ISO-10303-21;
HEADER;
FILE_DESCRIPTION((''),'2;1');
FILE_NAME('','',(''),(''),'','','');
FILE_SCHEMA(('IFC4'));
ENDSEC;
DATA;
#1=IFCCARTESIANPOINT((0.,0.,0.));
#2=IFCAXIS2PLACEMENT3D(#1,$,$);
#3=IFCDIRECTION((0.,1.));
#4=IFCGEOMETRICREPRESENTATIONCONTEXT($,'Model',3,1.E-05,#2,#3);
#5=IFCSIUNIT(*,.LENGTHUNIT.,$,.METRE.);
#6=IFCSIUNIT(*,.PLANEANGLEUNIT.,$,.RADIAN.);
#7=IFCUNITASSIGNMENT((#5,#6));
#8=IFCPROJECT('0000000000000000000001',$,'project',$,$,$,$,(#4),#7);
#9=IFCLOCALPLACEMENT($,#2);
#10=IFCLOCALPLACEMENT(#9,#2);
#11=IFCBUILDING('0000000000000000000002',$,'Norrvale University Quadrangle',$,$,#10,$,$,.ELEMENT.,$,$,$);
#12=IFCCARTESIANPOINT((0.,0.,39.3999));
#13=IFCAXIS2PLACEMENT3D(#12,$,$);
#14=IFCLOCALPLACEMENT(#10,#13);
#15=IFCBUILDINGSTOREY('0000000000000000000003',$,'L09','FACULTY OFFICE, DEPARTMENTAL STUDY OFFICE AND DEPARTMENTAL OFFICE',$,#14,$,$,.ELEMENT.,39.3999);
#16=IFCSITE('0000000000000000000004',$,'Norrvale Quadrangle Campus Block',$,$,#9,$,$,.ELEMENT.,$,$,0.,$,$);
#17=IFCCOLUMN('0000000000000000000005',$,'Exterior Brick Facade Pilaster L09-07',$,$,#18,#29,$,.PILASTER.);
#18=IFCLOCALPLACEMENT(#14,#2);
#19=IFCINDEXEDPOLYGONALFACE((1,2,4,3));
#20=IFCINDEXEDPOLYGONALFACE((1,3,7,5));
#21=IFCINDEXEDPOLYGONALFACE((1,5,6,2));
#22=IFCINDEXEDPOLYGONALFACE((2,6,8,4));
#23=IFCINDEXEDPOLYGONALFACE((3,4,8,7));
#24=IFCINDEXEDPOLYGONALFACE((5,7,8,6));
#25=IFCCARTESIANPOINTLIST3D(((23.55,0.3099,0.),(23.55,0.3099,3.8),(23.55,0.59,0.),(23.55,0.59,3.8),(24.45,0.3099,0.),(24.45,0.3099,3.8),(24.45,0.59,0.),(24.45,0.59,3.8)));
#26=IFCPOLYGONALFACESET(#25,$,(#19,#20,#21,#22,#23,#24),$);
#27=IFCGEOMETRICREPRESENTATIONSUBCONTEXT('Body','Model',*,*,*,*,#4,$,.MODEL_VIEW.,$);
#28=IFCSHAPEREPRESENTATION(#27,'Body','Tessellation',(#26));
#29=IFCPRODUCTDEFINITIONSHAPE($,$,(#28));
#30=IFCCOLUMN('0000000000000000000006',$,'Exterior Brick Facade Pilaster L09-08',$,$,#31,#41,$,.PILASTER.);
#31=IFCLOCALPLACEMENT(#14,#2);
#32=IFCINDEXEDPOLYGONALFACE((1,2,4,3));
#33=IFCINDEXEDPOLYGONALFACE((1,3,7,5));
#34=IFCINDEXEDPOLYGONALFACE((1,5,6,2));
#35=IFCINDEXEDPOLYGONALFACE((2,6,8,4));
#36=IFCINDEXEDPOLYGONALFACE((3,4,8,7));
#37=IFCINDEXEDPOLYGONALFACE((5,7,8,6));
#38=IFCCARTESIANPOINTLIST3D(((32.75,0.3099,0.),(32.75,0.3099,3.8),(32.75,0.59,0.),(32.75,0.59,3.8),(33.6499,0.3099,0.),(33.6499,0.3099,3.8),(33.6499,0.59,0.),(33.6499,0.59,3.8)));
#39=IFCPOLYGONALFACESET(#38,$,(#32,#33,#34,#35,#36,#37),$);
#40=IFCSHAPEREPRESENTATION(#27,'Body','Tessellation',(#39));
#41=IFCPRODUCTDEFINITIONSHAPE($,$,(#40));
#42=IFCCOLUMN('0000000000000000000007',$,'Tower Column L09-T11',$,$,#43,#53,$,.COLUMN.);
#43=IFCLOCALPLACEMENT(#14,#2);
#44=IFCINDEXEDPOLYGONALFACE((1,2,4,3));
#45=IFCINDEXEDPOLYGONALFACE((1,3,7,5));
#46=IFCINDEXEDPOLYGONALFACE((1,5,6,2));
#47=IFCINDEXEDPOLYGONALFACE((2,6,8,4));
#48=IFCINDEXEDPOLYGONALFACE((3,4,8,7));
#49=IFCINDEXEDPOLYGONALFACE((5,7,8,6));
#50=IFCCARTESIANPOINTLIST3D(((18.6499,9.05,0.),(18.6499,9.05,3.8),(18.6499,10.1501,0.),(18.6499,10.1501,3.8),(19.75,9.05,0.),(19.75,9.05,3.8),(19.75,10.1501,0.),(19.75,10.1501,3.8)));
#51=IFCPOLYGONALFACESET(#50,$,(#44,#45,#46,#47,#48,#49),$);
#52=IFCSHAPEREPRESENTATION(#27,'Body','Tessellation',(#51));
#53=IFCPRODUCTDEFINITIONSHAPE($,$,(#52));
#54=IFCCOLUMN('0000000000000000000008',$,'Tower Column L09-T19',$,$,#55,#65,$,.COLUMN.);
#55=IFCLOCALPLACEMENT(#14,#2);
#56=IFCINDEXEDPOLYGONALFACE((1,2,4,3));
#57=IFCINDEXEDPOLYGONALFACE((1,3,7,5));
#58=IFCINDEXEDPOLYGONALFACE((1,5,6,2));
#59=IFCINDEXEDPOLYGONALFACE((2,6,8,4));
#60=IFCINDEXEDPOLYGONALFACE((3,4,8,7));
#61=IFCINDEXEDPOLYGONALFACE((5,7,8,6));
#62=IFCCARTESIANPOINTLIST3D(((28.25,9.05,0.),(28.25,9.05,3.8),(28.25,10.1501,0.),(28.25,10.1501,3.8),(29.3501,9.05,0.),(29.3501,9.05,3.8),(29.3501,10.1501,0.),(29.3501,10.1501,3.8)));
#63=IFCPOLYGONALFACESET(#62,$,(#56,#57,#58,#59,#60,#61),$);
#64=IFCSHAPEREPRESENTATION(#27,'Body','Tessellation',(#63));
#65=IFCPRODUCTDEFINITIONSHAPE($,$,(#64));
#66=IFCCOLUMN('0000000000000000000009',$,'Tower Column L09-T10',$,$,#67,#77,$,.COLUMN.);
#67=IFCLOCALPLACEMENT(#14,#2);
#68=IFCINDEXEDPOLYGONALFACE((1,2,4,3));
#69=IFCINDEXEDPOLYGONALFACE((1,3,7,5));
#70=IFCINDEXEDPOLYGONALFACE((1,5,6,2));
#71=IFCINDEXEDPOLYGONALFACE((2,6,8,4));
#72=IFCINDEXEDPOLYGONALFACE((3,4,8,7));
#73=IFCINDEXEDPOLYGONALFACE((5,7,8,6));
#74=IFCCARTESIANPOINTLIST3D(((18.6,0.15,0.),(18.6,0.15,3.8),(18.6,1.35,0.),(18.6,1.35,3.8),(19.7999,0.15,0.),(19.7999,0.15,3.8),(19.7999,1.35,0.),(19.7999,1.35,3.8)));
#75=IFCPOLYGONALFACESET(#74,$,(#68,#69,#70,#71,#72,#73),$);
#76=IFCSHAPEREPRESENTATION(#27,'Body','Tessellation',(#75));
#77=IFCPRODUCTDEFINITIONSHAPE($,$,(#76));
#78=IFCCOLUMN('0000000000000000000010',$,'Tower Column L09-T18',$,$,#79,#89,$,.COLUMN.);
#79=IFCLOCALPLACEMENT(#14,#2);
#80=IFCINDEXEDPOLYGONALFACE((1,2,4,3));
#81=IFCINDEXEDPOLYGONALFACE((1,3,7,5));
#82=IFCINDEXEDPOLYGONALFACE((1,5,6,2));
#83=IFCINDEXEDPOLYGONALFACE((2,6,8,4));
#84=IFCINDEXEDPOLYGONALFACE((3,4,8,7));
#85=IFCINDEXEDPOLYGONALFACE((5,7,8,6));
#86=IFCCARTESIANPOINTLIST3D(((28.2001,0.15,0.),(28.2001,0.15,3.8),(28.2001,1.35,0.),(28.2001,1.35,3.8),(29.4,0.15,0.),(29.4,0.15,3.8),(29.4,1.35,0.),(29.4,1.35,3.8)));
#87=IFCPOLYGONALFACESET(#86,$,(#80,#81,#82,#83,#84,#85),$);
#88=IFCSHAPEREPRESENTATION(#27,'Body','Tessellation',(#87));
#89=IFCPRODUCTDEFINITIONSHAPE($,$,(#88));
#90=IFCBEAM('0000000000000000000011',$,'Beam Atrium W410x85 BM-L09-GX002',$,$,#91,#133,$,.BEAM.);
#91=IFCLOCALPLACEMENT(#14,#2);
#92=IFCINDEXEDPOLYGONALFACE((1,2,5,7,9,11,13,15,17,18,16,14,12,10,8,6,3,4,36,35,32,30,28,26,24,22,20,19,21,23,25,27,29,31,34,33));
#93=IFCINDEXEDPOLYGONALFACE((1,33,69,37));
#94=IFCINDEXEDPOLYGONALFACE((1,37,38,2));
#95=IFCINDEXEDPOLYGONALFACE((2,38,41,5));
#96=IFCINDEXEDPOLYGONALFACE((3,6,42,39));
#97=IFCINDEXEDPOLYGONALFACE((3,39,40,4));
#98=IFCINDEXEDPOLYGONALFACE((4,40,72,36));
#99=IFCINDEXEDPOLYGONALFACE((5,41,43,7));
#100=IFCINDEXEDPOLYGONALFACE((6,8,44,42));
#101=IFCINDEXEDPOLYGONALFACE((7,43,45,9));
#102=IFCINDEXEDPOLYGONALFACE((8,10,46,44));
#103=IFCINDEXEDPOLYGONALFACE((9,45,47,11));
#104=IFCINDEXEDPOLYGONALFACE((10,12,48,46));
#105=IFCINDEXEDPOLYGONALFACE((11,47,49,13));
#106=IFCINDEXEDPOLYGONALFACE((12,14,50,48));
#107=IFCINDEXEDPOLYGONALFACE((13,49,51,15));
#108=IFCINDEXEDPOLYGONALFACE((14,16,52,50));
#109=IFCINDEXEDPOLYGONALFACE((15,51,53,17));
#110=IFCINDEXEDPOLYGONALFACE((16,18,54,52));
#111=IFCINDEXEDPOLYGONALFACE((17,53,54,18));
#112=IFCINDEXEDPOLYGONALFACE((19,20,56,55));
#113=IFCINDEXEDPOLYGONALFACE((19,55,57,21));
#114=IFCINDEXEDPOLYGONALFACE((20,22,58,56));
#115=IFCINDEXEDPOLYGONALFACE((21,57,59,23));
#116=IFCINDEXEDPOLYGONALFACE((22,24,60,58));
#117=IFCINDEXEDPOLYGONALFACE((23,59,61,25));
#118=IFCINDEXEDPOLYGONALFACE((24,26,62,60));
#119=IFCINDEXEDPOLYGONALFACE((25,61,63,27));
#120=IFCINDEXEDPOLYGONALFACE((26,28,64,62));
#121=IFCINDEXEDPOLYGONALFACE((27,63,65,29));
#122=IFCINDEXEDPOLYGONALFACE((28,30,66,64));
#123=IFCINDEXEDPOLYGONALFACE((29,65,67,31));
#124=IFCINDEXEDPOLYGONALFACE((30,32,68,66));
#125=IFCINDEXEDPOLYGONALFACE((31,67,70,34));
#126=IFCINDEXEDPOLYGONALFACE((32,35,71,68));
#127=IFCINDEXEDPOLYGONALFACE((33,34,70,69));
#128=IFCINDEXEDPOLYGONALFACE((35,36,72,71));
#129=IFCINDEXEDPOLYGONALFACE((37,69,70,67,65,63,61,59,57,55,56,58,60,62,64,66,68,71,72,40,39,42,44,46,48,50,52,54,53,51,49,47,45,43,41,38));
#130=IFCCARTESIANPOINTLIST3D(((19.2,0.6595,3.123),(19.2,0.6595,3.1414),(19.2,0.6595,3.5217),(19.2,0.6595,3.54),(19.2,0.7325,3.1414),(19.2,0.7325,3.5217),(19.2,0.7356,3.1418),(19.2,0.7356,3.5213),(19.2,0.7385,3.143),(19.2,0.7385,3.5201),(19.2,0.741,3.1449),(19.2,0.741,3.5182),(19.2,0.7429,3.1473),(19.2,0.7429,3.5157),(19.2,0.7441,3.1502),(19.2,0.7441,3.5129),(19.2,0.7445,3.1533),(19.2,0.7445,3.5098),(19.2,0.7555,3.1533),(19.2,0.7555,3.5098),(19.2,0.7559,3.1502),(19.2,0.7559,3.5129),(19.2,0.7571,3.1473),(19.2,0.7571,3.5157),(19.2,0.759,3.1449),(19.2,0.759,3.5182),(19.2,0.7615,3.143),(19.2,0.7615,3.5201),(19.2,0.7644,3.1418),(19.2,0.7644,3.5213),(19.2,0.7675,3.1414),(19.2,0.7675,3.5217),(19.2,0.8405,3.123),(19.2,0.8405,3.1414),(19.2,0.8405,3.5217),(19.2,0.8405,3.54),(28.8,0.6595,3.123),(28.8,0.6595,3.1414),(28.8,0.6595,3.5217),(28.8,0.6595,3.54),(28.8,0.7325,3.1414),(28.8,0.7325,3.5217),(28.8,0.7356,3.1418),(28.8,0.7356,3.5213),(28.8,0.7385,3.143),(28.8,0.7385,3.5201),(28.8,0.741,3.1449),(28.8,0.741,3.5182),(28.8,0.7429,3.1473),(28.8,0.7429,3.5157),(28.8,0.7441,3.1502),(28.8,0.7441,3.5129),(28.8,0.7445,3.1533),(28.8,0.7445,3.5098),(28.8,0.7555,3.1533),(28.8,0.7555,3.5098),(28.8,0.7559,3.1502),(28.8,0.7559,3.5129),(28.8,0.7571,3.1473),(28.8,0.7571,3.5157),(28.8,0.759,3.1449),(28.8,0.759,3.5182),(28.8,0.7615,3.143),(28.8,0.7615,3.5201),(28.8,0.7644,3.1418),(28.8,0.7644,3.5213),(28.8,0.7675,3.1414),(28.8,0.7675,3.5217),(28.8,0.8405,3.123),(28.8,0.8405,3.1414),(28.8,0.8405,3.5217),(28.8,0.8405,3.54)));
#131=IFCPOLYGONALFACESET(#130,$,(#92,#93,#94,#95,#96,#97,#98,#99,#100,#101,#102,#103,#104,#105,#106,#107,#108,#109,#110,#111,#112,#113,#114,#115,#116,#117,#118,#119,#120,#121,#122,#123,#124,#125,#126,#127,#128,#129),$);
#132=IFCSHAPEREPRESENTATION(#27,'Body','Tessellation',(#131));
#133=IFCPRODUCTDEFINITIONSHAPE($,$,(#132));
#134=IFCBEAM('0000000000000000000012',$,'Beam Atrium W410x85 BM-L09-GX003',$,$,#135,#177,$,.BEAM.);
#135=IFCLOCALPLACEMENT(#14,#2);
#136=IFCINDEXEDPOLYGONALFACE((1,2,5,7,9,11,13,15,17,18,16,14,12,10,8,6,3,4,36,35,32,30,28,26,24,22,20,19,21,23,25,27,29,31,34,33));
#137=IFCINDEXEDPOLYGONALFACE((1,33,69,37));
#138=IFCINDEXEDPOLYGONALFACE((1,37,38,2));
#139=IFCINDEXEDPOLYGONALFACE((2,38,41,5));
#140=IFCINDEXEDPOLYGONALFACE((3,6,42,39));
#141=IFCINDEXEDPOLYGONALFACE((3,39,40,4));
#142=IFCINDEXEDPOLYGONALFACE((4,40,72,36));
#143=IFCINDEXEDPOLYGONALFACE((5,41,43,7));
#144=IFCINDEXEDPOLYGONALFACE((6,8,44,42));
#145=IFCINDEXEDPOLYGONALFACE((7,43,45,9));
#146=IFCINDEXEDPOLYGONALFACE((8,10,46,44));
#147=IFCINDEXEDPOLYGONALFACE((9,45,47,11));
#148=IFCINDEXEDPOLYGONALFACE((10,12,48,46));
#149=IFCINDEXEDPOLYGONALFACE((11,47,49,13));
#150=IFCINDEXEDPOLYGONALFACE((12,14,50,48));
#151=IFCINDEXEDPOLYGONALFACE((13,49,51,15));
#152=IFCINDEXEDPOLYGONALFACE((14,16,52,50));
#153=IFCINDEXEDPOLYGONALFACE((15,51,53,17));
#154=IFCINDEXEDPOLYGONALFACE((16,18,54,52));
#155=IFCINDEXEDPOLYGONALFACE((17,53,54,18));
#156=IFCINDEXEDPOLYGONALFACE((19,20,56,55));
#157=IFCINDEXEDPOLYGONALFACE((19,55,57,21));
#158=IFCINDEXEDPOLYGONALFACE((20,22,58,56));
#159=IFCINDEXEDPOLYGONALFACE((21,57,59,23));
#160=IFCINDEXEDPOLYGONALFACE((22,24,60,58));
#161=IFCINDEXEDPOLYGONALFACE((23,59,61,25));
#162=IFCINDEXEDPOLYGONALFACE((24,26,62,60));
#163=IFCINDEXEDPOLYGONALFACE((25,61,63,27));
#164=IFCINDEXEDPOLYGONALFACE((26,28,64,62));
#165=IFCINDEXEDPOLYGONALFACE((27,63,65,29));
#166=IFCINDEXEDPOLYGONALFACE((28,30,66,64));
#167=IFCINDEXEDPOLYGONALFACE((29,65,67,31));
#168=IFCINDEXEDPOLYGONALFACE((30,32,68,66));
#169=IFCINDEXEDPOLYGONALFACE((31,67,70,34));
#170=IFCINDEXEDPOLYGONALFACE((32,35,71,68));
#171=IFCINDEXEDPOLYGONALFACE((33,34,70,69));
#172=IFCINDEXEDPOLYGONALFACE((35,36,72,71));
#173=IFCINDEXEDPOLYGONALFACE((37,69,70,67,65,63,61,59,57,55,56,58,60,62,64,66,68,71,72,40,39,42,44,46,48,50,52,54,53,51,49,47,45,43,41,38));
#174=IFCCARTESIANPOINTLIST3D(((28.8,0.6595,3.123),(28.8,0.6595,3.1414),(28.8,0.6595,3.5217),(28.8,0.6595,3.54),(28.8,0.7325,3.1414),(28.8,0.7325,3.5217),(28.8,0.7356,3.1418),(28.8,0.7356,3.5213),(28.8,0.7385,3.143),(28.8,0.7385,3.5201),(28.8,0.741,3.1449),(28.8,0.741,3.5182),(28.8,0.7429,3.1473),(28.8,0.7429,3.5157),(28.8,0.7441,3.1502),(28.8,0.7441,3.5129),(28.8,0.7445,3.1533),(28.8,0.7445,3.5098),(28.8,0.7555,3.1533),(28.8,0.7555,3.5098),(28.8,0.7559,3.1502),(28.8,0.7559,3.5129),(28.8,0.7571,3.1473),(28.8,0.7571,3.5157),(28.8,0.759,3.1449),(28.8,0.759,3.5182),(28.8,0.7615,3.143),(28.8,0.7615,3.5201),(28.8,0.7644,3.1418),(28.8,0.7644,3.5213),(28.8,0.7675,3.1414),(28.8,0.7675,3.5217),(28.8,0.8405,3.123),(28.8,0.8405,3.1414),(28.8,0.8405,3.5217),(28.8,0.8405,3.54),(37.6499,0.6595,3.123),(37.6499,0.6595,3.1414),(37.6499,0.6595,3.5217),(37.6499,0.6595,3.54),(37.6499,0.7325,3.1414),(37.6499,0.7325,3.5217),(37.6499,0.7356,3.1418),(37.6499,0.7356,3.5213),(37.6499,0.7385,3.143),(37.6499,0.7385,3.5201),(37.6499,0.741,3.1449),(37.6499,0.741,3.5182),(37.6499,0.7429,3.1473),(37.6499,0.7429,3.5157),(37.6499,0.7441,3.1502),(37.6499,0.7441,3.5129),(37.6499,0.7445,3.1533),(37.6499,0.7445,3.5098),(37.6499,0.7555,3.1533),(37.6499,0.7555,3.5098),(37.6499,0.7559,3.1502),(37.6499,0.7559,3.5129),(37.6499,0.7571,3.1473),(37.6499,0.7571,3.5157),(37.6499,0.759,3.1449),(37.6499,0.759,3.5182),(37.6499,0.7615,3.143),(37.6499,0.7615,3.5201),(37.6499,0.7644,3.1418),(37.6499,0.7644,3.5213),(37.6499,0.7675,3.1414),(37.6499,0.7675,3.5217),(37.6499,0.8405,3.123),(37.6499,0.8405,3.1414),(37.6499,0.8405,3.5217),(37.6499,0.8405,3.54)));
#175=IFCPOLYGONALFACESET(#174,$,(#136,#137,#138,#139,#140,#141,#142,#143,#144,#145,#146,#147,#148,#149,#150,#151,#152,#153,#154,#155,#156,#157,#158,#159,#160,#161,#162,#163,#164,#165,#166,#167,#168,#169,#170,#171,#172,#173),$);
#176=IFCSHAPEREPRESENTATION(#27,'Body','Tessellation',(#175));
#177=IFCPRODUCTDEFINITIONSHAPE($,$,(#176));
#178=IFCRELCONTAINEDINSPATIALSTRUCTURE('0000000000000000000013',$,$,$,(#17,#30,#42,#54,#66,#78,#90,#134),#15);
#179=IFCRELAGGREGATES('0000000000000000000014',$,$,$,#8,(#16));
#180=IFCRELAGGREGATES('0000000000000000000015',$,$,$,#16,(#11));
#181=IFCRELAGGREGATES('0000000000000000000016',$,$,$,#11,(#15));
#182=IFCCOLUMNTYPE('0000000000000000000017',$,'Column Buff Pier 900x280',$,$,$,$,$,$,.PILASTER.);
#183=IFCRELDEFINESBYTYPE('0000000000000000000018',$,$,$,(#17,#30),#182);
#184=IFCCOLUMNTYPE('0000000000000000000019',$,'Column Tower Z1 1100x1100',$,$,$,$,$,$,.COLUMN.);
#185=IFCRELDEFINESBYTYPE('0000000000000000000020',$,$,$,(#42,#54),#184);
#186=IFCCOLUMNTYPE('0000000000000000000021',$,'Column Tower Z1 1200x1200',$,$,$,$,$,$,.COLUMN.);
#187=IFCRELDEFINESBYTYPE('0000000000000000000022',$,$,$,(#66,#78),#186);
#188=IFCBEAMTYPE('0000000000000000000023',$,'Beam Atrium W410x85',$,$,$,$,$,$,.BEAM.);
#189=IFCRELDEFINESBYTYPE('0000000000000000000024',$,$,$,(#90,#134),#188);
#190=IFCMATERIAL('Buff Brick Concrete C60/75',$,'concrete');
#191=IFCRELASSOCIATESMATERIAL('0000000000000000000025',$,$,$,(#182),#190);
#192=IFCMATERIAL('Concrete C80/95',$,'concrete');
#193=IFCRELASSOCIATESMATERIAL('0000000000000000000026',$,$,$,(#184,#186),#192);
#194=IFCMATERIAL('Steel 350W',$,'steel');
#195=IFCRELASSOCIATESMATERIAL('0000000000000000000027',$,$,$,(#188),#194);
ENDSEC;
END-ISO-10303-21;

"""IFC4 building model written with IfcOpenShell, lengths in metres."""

from ifc_helpers import new_model, si_unit, direction, frame, origin, origin_2d, place, context, subcontext, project, spatial, rectangle, i_section, extrude, material, material_profile, profile_set, type_object, element, save


model = new_model("IFC4")

# Units and contexts
model_context = context("Model", 3, precision=1e-05, world=origin(), true_north=direction((0.0, 1.0)))
body_context = subcontext(model_context, "Body", "Model", "MODEL_VIEW")
ifc_project = project(units=[si_unit("LENGTHUNIT", "METRE"), si_unit("PLANEANGLEUNIT", "RADIAN")], contexts=[model_context])

# Site, building, storey
site_placement = place(None, origin())
site = spatial("IfcSite", under=ifc_project, at=site_placement, Name="Norrvale Quadrangle Campus Block", CompositionType="ELEMENT", RefElevation=0.0)
building_placement = place(site_placement, origin())
building = spatial("IfcBuilding", under=site, at=building_placement, Name="Norrvale University Quadrangle", CompositionType="ELEMENT")
storey_placement = place(building_placement, frame((0.0, 0.0, 39.3999)))
storey = spatial("IfcBuildingStorey", under=building, at=storey_placement, Name="L09", Description="FACULTY OFFICE, DEPARTMENTAL STUDY OFFICE AND DEPARTMENTAL OFFICE", CompositionType="ELEMENT", Elevation=39.3999)

# Columns
ifc_material_1 = material(Name="Buff Brick Concrete C60/75", Category="concrete")
ifc_material_profile_1 = material_profile(ifc_material_1, rectangle(XDim=0.8999, YDim=0.28, at=origin_2d()), Name="Buff Brick Concrete C60/75")
ifc_profile_set_1 = profile_set([ifc_material_profile_1], Name="Buff Brick Concrete C60/75")
column_type_1 = type_object("IfcColumnType", Name="Column Buff Pier 900x280", PredefinedType="PILASTER", material=ifc_profile_set_1)
for number, where, z_axis, x_axis, name in (
    (1, (24.0, 0.45, 0.0), (0.0, 0.0, 1.0), (1.0, 0.0, 0.0), "Exterior Brick Facade Pilaster L09-07"),
    (2, (33.2, 0.45, 0.0), (0.0, 0.0, 1.0), (1.0, 0.0, 0.0), "Exterior Brick Facade Pilaster L09-08"),
):
    element("IfcColumn", number, at=place(storey_placement, frame(where, z_axis=z_axis, x_axis=x_axis)), inside=storey, type_object=column_type_1, Name=name, PredefinedType="PILASTER", context=body_context, shape_type="SweptSolid", body=[
        extrude(rectangle(XDim=0.8999, YDim=0.28, at=origin_2d()), origin(), (0.0, 0.0, 1.0), 3.8),
    ])
ifc_material_2 = material(Name="Concrete C80/95", Category="concrete")
ifc_material_profile_2 = material_profile(ifc_material_2, rectangle(XDim=1.1001, YDim=1.1001, at=origin_2d()), Name="Concrete C80/95")
ifc_profile_set_2 = profile_set([ifc_material_profile_2], Name="Concrete C80/95")
column_type_2 = type_object("IfcColumnType", Name="Column Tower Z1 1100x1100", PredefinedType="COLUMN", material=ifc_profile_set_2)
for number, where, z_axis, x_axis, name in (
    (3, (19.2, 9.6001, 0.0), (0.0, 0.0, 1.0), (1.0, 0.0, 0.0), "Tower Column L09-T11"),
    (4, (28.8, 9.6001, 0.0), (0.0, 0.0, 1.0), (1.0, 0.0, 0.0), "Tower Column L09-T19"),
):
    element("IfcColumn", number, at=place(storey_placement, frame(where, z_axis=z_axis, x_axis=x_axis)), inside=storey, type_object=column_type_2, Name=name, PredefinedType="COLUMN", context=body_context, shape_type="SweptSolid", body=[
        extrude(rectangle(XDim=1.1001, YDim=1.1001, at=origin_2d()), origin(), (0.0, 0.0, 1.0), 3.8),
    ])
ifc_material_profile_3 = material_profile(ifc_material_2, rectangle(XDim=1.2, YDim=1.2, at=origin_2d()), Name="Concrete C80/95")
ifc_profile_set_3 = profile_set([ifc_material_profile_3], Name="Concrete C80/95")
column_type_3 = type_object("IfcColumnType", Name="Column Tower Z1 1200x1200", PredefinedType="COLUMN", material=ifc_profile_set_3)
for number, where, z_axis, x_axis, name in (
    (5, (19.2, 0.75, 0.0), (0.0, 0.0, 1.0), (1.0, 0.0, 0.0), "Tower Column L09-T10"),
    (6, (28.8, 0.75, 0.0), (0.0, 0.0, 1.0), (1.0, 0.0, 0.0), "Tower Column L09-T18"),
):
    element("IfcColumn", number, at=place(storey_placement, frame(where, z_axis=z_axis, x_axis=x_axis)), inside=storey, type_object=column_type_3, Name=name, PredefinedType="COLUMN", context=body_context, shape_type="SweptSolid", body=[
        extrude(rectangle(XDim=1.2, YDim=1.2, at=origin_2d()), origin(), (0.0, 0.0, 1.0), 3.8),
    ])

# Beams
ifc_material_3 = material(Name="Steel 350W", Category="steel")
ifc_material_profile_4 = material_profile(ifc_material_3, i_section(OverallWidth=0.1809, OverallDepth=0.417, WebThickness=0.011, FlangeThickness=0.0183, FilletRadius=0.012, at=origin_2d()), Name="Steel 350W")
ifc_profile_set_4 = profile_set([ifc_material_profile_4], Name="Steel 350W")
beam_type_1 = type_object("IfcBeamType", Name="Beam Atrium W410x85", PredefinedType="BEAM", material=ifc_profile_set_4)
beam_1_placement = place(storey_placement, frame((19.2, 0.75, 3.3315), z_axis=(1.0, 0.0, 0.0), x_axis=(0.0, 1.0, 0.0)))
element("IfcBeam", 7, at=beam_1_placement, inside=storey, type_object=beam_type_1, Name="Beam Atrium W410x85 BM-L09-GX002", PredefinedType="BEAM", context=body_context, shape_type="SweptSolid", body=[
    extrude(i_section(OverallWidth=0.1809, OverallDepth=0.417, WebThickness=0.011, FlangeThickness=0.0183, FilletRadius=0.012, at=origin_2d()), origin(), (0.0, 0.0, 1.0), 9.6001),
])
beam_2_placement = place(storey_placement, frame((28.8, 0.75, 3.3315), z_axis=(1.0, 0.0, 0.0), x_axis=(0.0, 1.0, 0.0)))
element("IfcBeam", 8, at=beam_2_placement, inside=storey, type_object=beam_type_1, Name="Beam Atrium W410x85 BM-L09-GX003", PredefinedType="BEAM", context=body_context, shape_type="SweptSolid", body=[
    extrude(i_section(OverallWidth=0.1809, OverallDepth=0.417, WebThickness=0.011, FlangeThickness=0.0183, FilletRadius=0.012, at=origin_2d()), origin(), (0.0, 0.0, 1.0), 8.8499),
])

save(model, "model.ifc")
